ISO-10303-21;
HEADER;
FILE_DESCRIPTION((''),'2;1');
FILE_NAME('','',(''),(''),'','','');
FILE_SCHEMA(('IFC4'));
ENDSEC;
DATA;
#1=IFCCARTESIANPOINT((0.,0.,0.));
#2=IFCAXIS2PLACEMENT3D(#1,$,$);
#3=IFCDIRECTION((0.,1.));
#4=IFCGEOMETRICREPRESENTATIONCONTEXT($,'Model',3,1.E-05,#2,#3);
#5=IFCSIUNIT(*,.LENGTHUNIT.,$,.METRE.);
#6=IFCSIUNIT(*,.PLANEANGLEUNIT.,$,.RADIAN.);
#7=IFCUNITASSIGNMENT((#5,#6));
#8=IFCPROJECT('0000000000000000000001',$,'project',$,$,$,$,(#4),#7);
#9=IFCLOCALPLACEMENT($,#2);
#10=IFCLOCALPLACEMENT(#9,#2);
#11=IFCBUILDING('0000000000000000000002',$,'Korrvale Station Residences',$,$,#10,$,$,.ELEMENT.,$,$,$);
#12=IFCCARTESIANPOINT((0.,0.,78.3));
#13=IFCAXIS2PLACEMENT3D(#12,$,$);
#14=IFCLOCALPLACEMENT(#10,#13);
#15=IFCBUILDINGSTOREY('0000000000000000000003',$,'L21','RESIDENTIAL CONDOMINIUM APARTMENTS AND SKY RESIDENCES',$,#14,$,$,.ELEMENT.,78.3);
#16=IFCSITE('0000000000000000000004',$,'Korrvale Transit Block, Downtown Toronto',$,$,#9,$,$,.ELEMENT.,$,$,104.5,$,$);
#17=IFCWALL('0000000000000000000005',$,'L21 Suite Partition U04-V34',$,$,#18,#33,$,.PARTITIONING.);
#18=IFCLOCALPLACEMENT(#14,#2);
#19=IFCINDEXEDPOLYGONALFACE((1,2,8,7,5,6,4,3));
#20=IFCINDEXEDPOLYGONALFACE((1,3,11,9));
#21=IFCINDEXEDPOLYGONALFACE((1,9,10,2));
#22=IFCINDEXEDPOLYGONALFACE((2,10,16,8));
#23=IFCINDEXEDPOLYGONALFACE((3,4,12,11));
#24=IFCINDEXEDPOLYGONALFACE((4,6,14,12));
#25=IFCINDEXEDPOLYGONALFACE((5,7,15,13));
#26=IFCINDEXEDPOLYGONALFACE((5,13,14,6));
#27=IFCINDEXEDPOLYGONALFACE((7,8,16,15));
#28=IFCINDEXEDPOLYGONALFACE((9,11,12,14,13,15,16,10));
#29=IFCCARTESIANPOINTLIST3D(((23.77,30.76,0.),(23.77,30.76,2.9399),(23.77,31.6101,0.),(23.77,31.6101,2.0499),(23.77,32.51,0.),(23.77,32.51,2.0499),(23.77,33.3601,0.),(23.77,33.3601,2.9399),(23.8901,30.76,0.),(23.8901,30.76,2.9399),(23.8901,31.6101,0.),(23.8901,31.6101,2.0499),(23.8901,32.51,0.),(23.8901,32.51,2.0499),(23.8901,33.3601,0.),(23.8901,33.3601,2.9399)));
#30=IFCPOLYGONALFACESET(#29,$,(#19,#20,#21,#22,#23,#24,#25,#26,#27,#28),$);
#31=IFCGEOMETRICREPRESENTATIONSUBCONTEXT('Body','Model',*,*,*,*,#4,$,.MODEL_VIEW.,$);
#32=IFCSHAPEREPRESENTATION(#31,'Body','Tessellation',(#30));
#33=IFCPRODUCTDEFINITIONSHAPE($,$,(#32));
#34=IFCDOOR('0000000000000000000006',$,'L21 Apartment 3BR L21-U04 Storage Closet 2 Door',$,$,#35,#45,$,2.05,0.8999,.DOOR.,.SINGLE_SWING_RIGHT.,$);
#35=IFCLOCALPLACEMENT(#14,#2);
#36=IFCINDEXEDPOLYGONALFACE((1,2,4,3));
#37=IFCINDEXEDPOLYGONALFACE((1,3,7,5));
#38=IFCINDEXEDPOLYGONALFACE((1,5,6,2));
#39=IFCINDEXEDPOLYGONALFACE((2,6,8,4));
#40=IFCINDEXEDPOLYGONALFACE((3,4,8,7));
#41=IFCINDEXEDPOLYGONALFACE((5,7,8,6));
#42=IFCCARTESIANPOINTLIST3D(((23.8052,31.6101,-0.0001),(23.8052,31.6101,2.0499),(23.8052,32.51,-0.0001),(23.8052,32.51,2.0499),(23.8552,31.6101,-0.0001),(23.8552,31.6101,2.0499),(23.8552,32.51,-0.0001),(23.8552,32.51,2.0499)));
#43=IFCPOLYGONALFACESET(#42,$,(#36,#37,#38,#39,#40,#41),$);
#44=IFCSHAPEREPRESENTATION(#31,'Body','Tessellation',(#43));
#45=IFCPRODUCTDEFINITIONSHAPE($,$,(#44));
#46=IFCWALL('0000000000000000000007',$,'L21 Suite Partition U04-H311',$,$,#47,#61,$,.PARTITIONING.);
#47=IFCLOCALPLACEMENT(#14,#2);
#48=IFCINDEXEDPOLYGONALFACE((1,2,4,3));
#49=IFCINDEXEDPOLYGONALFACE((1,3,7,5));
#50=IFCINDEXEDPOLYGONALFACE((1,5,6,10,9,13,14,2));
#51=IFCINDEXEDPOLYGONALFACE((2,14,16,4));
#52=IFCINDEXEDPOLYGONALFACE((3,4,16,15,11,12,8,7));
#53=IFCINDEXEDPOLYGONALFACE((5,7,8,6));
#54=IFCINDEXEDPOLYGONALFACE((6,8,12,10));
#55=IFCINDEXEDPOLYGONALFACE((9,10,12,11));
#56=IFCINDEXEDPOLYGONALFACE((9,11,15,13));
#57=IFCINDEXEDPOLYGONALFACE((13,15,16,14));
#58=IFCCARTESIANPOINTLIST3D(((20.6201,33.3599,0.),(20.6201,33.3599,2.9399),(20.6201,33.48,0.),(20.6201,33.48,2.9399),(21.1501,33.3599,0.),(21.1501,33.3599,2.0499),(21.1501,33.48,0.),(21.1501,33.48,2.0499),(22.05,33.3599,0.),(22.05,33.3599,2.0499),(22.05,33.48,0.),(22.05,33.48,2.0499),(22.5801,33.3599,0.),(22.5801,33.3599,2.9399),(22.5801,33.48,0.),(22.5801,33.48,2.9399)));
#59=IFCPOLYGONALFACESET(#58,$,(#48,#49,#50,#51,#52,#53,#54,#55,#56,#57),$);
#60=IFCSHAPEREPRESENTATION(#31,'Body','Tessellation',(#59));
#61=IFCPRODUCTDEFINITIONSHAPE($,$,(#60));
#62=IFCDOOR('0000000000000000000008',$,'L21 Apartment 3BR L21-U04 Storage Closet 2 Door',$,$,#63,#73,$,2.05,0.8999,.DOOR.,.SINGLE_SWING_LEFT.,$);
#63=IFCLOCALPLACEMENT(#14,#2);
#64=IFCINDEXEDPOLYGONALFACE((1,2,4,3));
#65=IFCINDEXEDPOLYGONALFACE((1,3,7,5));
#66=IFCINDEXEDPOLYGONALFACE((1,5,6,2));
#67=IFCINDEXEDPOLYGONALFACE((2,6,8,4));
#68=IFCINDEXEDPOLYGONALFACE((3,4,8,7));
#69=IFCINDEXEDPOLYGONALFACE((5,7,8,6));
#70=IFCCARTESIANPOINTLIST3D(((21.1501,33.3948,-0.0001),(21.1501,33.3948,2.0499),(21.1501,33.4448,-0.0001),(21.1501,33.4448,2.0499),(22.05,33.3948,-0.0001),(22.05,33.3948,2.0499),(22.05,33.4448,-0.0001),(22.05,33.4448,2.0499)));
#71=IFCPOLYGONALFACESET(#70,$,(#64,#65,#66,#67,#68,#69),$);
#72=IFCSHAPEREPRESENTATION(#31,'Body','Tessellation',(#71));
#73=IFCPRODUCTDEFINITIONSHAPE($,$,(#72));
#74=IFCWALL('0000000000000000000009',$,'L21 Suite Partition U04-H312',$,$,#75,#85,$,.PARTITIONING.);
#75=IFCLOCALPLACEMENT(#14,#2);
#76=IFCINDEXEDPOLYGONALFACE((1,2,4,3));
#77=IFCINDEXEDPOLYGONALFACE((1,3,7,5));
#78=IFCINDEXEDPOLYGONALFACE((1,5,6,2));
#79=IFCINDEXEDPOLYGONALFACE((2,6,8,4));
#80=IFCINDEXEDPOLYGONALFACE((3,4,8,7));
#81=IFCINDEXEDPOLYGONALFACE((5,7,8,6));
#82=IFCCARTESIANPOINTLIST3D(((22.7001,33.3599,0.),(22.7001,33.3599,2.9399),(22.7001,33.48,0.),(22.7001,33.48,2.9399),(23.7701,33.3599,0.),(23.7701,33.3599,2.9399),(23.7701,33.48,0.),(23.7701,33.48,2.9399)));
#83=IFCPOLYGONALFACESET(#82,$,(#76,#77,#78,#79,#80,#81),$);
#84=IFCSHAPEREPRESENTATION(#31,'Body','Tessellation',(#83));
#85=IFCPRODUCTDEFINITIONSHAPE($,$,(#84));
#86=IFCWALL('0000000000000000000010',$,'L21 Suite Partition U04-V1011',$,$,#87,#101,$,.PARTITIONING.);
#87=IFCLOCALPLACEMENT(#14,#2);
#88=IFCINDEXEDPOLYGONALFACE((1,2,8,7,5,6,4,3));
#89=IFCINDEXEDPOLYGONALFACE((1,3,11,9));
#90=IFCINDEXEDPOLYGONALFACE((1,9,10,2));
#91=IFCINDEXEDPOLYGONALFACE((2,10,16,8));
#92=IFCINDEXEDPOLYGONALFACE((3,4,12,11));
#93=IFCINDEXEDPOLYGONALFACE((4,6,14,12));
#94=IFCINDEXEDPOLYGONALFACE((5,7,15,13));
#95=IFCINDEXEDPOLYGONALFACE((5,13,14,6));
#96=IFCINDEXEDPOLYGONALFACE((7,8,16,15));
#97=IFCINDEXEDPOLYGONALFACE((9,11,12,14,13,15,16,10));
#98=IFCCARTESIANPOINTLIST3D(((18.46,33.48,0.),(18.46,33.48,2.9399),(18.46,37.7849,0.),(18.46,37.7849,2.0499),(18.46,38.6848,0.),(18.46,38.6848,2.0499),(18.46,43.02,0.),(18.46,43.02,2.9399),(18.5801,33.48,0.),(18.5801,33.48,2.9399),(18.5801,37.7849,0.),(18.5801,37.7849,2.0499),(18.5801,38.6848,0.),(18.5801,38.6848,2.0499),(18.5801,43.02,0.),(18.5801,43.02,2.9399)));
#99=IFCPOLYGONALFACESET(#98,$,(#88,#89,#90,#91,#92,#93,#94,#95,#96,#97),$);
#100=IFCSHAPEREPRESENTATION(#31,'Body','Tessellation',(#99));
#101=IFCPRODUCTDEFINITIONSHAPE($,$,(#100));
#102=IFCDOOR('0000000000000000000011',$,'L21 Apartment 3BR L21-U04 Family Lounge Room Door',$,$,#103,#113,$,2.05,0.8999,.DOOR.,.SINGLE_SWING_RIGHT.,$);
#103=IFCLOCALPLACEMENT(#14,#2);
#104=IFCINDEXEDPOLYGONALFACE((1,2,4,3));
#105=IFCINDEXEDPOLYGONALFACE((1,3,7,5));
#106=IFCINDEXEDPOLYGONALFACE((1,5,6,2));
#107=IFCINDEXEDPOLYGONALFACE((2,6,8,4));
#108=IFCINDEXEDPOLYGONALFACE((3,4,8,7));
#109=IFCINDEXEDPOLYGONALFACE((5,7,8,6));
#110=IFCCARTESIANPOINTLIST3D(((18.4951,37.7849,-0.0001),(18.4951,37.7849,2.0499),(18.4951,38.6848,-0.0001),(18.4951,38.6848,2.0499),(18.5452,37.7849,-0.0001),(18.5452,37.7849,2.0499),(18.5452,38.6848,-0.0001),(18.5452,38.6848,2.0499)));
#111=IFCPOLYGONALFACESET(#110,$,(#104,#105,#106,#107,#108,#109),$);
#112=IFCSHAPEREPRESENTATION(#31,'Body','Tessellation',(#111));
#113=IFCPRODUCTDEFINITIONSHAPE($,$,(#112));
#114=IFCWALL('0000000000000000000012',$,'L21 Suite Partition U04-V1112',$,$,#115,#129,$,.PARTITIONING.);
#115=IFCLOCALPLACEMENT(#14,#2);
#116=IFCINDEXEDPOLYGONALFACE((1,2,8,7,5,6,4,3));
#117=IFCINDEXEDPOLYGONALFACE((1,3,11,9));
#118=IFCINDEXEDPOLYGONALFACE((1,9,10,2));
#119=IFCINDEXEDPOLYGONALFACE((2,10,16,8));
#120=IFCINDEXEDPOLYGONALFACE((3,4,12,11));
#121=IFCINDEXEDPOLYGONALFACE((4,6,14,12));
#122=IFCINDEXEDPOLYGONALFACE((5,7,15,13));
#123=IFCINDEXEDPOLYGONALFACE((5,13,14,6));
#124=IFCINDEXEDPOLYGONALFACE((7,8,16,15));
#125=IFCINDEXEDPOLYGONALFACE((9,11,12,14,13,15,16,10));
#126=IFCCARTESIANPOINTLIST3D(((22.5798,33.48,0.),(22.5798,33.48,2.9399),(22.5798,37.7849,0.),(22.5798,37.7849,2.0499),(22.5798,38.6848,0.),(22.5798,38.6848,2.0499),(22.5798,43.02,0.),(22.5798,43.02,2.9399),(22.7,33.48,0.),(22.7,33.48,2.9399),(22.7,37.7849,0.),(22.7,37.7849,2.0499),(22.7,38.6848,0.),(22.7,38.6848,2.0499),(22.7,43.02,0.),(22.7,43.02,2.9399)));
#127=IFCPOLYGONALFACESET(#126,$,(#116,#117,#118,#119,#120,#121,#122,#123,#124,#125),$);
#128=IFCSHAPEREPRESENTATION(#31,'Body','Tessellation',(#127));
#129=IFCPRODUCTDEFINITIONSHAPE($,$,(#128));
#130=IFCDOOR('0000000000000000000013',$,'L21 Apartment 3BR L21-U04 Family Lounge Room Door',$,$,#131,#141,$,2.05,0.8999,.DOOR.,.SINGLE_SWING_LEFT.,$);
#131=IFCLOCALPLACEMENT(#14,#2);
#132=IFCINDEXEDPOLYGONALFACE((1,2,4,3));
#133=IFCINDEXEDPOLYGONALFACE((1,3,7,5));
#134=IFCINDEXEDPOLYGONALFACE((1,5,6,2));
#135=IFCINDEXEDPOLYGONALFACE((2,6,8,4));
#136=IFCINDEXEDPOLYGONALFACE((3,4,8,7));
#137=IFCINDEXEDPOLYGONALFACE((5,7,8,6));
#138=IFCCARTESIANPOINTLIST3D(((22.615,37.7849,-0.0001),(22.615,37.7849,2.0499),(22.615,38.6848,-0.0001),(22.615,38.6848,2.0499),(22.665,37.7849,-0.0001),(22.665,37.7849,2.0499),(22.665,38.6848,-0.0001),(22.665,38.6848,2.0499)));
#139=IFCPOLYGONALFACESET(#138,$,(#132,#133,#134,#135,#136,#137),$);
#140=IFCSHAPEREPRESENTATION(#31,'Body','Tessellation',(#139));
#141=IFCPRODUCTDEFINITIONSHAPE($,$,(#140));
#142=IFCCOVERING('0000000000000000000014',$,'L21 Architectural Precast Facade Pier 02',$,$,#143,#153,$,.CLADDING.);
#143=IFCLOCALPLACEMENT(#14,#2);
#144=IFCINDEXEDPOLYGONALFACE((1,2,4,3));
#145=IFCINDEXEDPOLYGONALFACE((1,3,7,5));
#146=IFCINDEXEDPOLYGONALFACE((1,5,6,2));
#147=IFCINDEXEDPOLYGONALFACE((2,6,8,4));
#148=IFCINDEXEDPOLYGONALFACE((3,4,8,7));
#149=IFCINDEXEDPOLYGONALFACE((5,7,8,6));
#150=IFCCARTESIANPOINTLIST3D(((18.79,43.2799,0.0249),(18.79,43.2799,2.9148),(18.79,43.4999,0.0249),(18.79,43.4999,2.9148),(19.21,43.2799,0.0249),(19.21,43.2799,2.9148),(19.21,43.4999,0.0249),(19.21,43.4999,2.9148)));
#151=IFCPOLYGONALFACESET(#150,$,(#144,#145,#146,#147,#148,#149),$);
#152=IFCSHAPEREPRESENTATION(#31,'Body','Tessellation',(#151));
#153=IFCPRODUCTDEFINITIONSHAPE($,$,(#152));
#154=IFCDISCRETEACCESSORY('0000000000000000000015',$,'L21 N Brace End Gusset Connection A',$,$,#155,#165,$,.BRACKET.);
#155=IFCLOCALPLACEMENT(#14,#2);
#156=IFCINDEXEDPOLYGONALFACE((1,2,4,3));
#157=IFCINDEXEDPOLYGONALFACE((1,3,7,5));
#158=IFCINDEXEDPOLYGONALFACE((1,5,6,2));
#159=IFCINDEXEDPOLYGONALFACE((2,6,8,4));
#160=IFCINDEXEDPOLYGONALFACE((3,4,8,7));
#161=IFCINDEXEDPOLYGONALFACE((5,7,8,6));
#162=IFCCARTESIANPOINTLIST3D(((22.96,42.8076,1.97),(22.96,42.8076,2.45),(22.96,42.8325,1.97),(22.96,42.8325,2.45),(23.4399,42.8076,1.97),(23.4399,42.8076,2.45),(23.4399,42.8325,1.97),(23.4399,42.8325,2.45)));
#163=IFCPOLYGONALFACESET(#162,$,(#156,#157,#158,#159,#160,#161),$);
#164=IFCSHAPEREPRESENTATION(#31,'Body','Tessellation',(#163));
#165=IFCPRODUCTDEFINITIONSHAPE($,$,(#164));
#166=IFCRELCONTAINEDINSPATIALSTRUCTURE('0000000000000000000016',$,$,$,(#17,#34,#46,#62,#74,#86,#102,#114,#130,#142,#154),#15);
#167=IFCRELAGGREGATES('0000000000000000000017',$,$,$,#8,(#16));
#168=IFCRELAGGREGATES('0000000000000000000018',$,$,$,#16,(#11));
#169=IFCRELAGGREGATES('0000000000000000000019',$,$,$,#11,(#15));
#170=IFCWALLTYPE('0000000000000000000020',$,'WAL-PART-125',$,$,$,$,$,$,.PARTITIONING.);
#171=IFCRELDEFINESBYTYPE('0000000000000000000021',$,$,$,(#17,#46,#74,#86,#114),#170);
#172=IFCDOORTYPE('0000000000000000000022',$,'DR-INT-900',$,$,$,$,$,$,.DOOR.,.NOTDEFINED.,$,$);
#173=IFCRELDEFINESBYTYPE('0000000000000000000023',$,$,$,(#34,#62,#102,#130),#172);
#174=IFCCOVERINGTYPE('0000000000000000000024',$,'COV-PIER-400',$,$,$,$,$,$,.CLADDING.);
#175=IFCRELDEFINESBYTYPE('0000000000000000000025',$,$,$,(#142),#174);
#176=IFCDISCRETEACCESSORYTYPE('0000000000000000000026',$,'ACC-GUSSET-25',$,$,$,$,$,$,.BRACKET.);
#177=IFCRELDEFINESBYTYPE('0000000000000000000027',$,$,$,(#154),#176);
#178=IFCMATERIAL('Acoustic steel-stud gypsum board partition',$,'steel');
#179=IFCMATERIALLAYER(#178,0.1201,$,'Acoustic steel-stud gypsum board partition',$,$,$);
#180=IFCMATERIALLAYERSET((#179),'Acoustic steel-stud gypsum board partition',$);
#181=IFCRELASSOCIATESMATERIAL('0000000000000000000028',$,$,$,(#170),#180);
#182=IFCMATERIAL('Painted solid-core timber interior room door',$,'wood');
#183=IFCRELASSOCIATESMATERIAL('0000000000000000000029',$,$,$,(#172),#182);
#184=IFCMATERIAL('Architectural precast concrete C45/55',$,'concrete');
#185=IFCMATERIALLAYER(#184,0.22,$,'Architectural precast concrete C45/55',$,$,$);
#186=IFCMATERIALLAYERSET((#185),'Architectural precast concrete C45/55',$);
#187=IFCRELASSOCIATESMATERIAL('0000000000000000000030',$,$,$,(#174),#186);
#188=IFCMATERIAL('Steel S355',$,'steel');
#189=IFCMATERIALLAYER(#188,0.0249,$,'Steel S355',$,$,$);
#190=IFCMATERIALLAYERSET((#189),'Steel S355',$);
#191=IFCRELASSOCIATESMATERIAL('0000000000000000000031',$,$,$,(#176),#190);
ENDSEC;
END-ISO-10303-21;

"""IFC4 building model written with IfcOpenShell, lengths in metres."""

from ifc_helpers import new_model, si_unit, direction, frame, frame_2d, origin, origin_2d, place, context, subcontext, project, spatial, rectangle, extrude, material, layer, layer_set, type_object, element, fill, save


model = new_model("IFC4")

# Units and contexts
model_context = context("Model", 3, precision=1e-05, world=origin(), true_north=direction((0.0, 1.0)))
body_context = subcontext(model_context, "Body", "Model", "MODEL_VIEW")
ifc_project = project(units=[si_unit("LENGTHUNIT", "METRE"), si_unit("PLANEANGLEUNIT", "RADIAN")], contexts=[model_context])

# Site, building, storey
site_placement = place(None, origin())
site = spatial("IfcSite", under=ifc_project, at=site_placement, Name="Korrvale Transit Block, Downtown Toronto", CompositionType="ELEMENT", RefElevation=104.5)
building_placement = place(site_placement, origin())
building = spatial("IfcBuilding", under=site, at=building_placement, Name="Korrvale Station Residences", CompositionType="ELEMENT")
storey_placement = place(building_placement, frame((0.0, 0.0, 78.3)))
storey = spatial("IfcBuildingStorey", under=building, at=storey_placement, Name="L21", Description="RESIDENTIAL CONDOMINIUM APARTMENTS AND SKY RESIDENCES", CompositionType="ELEMENT", Elevation=78.3)

# Shared definitions
ifc_material_1 = material(Name="Steel S355", Category="steel")

# Walls, openings, doors
ifc_material_2 = material(Name="Acoustic steel-stud gypsum board partition", Category="steel")
ifc_layer_1 = layer(ifc_material_2, 0.1201, Name="Acoustic steel-stud gypsum board partition")
ifc_layer_set_1 = layer_set([ifc_layer_1], Name="Acoustic steel-stud gypsum board partition")
wall_type = type_object("IfcWallType", Name="WAL-PART-125", PredefinedType="PARTITIONING", material=ifc_layer_set_1)
ifc_material_3 = material(Name="Painted solid-core timber interior room door", Category="wood")
door_type = type_object("IfcDoorType", Name="DR-INT-900", OperationType="NOTDEFINED", PredefinedType="DOOR", material=ifc_material_3)
wall_1_placement = place(storey_placement, frame((23.8301, 30.76, 0.0), z_axis=(0.0, 0.0, 1.0), x_axis=(0.0, 1.0, 0.0)))
wall_1 = element("IfcWall", 1, at=wall_1_placement, inside=storey, type_object=wall_type, Name="L21 Suite Partition U04-V34", PredefinedType="PARTITIONING", context=body_context, shape_type="SweptSolid", body=[
    extrude(rectangle(XDim=2.6001, YDim=0.1201, at=frame_2d((1.3, 0.0))), origin(), (0.0, 0.0, 1.0), 2.9399),
])
opening_1_placement = place(wall_1_placement, frame((0.8501, 0.0, 0.0)))
opening_1 = element("IfcOpeningElement", 2, at=opening_1_placement, cuts=wall_1, PredefinedType="OPENING", context=body_context, shape_type="SweptSolid", body=[
    extrude(rectangle(XDim=0.8999, YDim=2.05, at=frame_2d((0.45, 1.0249))), frame((0.0, 0.0701, 0.0), z_axis=(0.0, -1.0, 0.0), x_axis=(1.0, 0.0, 0.0)), (0.0, 0.0, 1.0), 0.1401),
])
door_1_placement = place(opening_1_placement, origin())
door_1 = element("IfcDoor", 3, at=door_1_placement, inside=storey, type_object=door_type, Name="L21 Apartment 3BR L21-U04 Storage Closet 2 Door", OperationType="SINGLE_SWING_RIGHT", OverallHeight=2.05, OverallWidth=0.8999, PredefinedType="DOOR", context=body_context, shape_type="SweptSolid", body=[
    extrude(rectangle(XDim=0.8999, YDim=2.05, at=frame_2d((0.45, 1.0249))), frame((0.0, 0.0249, 0.0), z_axis=(0.0, -1.0, 0.0), x_axis=(1.0, 0.0, 0.0)), (0.0, 0.0, 1.0), 0.05),
])
fill(opening_1, door_1)
wall_2_placement = place(storey_placement, frame((20.6201, 33.4199, 0.0), z_axis=(0.0, 0.0, 1.0), x_axis=(1.0, 0.0, 0.0)))
wall_2 = element("IfcWall", 4, at=wall_2_placement, inside=storey, type_object=wall_type, Name="L21 Suite Partition U04-H311", PredefinedType="PARTITIONING", context=body_context, shape_type="SweptSolid", body=[
    extrude(rectangle(XDim=1.96, YDim=0.1201, at=frame_2d((0.98, 0.0))), origin(), (0.0, 0.0, 1.0), 2.9399),
])
opening_2_placement = place(wall_2_placement, frame((0.53, 0.0, 0.0)))
opening_2 = element("IfcOpeningElement", 5, at=opening_2_placement, cuts=wall_2, PredefinedType="OPENING", context=body_context, shape_type="SweptSolid", body=[
    extrude(rectangle(XDim=0.8999, YDim=2.05, at=frame_2d((0.45, 1.0249))), frame((0.0, 0.0701, 0.0), z_axis=(0.0, -1.0, 0.0), x_axis=(1.0, 0.0, 0.0)), (0.0, 0.0, 1.0), 0.1401),
])
door_2_placement = place(opening_2_placement, origin())
door_2 = element("IfcDoor", 6, at=door_2_placement, inside=storey, type_object=door_type, Name="L21 Apartment 3BR L21-U04 Storage Closet 2 Door", OperationType="SINGLE_SWING_LEFT", OverallHeight=2.05, OverallWidth=0.8999, PredefinedType="DOOR", context=body_context, shape_type="SweptSolid", body=[
    extrude(rectangle(XDim=0.8999, YDim=2.05, at=frame_2d((0.45, 1.0249))), frame((0.0, 0.0249, 0.0), z_axis=(0.0, -1.0, 0.0), x_axis=(1.0, 0.0, 0.0)), (0.0, 0.0, 1.0), 0.05),
])
fill(opening_2, door_2)

# Wall
wall_3_placement = place(storey_placement, frame((22.7, 33.4199, 0.0), z_axis=(0.0, 0.0, 1.0), x_axis=(1.0, 0.0, 0.0)))
element("IfcWall", 7, at=wall_3_placement, inside=storey, type_object=wall_type, Name="L21 Suite Partition U04-H312", PredefinedType="PARTITIONING", context=body_context, shape_type="SweptSolid", body=[
    extrude(rectangle(XDim=1.0701, YDim=0.1201, at=frame_2d((0.5352, 0.0))), origin(), (0.0, 0.0, 1.0), 2.9399),
])

# Walls, openings, doors
wall_4_placement = place(storey_placement, frame((18.52, 33.48, 0.0), z_axis=(0.0, 0.0, 1.0), x_axis=(0.0, 1.0, 0.0)))
wall_4 = element("IfcWall", 8, at=wall_4_placement, inside=storey, type_object=wall_type, Name="L21 Suite Partition U04-V1011", PredefinedType="PARTITIONING", context=body_context, shape_type="SweptSolid", body=[
    extrude(rectangle(XDim=9.54, YDim=0.1201, at=frame_2d((4.77, 0.0))), origin(), (0.0, 0.0, 1.0), 2.9399),
])
opening_3_placement = place(wall_4_placement, frame((4.3049, 0.0, 0.0)))
opening_3 = element("IfcOpeningElement", 9, at=opening_3_placement, cuts=wall_4, PredefinedType="OPENING", context=body_context, shape_type="SweptSolid", body=[
    extrude(rectangle(XDim=0.8999, YDim=2.05, at=frame_2d((0.45, 1.0249))), frame((0.0, 0.0701, 0.0), z_axis=(0.0, -1.0, 0.0), x_axis=(1.0, 0.0, 0.0)), (0.0, 0.0, 1.0), 0.1401),
])
door_3_placement = place(opening_3_placement, origin())
door_3 = element("IfcDoor", 10, at=door_3_placement, inside=storey, type_object=door_type, Name="L21 Apartment 3BR L21-U04 Family Lounge Room Door", OperationType="SINGLE_SWING_RIGHT", OverallHeight=2.05, OverallWidth=0.8999, PredefinedType="DOOR", context=body_context, shape_type="SweptSolid", body=[
    extrude(rectangle(XDim=0.8999, YDim=2.05, at=frame_2d((0.45, 1.0249))), frame((0.0, 0.0249, 0.0), z_axis=(0.0, -1.0, 0.0), x_axis=(1.0, 0.0, 0.0)), (0.0, 0.0, 1.0), 0.05),
])
fill(opening_3, door_3)
wall_5_placement = place(storey_placement, frame((22.6399, 33.48, 0.0), z_axis=(0.0, 0.0, 1.0), x_axis=(0.0, 1.0, 0.0)))
wall_5 = element("IfcWall", 11, at=wall_5_placement, inside=storey, type_object=wall_type, Name="L21 Suite Partition U04-V1112", PredefinedType="PARTITIONING", context=body_context, shape_type="SweptSolid", body=[
    extrude(rectangle(XDim=9.54, YDim=0.1201, at=frame_2d((4.77, 0.0))), origin(), (0.0, 0.0, 1.0), 2.9399),
])
opening_4_placement = place(wall_5_placement, frame((4.3049, 0.0, 0.0)))
opening_4 = element("IfcOpeningElement", 12, at=opening_4_placement, cuts=wall_5, PredefinedType="OPENING", context=body_context, shape_type="SweptSolid", body=[
    extrude(rectangle(XDim=0.8999, YDim=2.05, at=frame_2d((0.45, 1.0249))), frame((0.0, 0.0701, 0.0), z_axis=(0.0, -1.0, 0.0), x_axis=(1.0, 0.0, 0.0)), (0.0, 0.0, 1.0), 0.1401),
])
door_4_placement = place(opening_4_placement, origin())
door_4 = element("IfcDoor", 13, at=door_4_placement, inside=storey, type_object=door_type, Name="L21 Apartment 3BR L21-U04 Family Lounge Room Door", OperationType="SINGLE_SWING_LEFT", OverallHeight=2.05, OverallWidth=0.8999, PredefinedType="DOOR", context=body_context, shape_type="SweptSolid", body=[
    extrude(rectangle(XDim=0.8999, YDim=2.05, at=frame_2d((0.45, 1.0249))), frame((0.0, 0.0249, 0.0), z_axis=(0.0, -1.0, 0.0), x_axis=(1.0, 0.0, 0.0)), (0.0, 0.0, 1.0), 0.05),
])
fill(opening_4, door_4)

# Covering
ifc_material_4 = material(Name="Architectural precast concrete C45/55", Category="concrete")
ifc_layer_2 = layer(ifc_material_4, 0.22, Name="Architectural precast concrete C45/55")
ifc_layer_set_2 = layer_set([ifc_layer_2], Name="Architectural precast concrete C45/55")
covering_type = type_object("IfcCoveringType", Name="COV-PIER-400", PredefinedType="CLADDING", material=ifc_layer_set_2)
covering_placement = place(storey_placement, frame((19.0, 43.3899, 0.0249), z_axis=(0.0, 0.0, 1.0), x_axis=(1.0, 0.0, 0.0)))
element("IfcCovering", 14, at=covering_placement, inside=storey, type_object=covering_type, Name="L21 Architectural Precast Facade Pier 02", PredefinedType="CLADDING", context=body_context, shape_type="SweptSolid", body=[
    extrude(rectangle(XDim=0.4199, YDim=0.22, at=origin_2d()), origin(), (0.0, 0.0, 1.0), 2.8899),
])

# Discrete accessory
ifc_layer_3 = layer(ifc_material_1, 0.0249, Name="Steel S355")
ifc_layer_set_3 = layer_set([ifc_layer_3], Name="Steel S355")
discrete_accessory_type = type_object("IfcDiscreteAccessoryType", Name="ACC-GUSSET-25", PredefinedType="BRACKET", material=ifc_layer_set_3)
discrete_accessory_placement = place(storey_placement, frame((23.2, 42.8201, 1.97), z_axis=(0.0, 0.0, 1.0), x_axis=(1.0, 0.0, 0.0)))
element("IfcDiscreteAccessory", 15, at=discrete_accessory_placement, inside=storey, type_object=discrete_accessory_type, Name="L21 N Brace End Gusset Connection A", PredefinedType="BRACKET", context=body_context, shape_type="SweptSolid", body=[
    extrude(rectangle(XDim=0.48, YDim=0.0249, at=origin_2d()), origin(), (0.0, 0.0, 1.0), 0.48),
])

save(model, "model.ifc")
